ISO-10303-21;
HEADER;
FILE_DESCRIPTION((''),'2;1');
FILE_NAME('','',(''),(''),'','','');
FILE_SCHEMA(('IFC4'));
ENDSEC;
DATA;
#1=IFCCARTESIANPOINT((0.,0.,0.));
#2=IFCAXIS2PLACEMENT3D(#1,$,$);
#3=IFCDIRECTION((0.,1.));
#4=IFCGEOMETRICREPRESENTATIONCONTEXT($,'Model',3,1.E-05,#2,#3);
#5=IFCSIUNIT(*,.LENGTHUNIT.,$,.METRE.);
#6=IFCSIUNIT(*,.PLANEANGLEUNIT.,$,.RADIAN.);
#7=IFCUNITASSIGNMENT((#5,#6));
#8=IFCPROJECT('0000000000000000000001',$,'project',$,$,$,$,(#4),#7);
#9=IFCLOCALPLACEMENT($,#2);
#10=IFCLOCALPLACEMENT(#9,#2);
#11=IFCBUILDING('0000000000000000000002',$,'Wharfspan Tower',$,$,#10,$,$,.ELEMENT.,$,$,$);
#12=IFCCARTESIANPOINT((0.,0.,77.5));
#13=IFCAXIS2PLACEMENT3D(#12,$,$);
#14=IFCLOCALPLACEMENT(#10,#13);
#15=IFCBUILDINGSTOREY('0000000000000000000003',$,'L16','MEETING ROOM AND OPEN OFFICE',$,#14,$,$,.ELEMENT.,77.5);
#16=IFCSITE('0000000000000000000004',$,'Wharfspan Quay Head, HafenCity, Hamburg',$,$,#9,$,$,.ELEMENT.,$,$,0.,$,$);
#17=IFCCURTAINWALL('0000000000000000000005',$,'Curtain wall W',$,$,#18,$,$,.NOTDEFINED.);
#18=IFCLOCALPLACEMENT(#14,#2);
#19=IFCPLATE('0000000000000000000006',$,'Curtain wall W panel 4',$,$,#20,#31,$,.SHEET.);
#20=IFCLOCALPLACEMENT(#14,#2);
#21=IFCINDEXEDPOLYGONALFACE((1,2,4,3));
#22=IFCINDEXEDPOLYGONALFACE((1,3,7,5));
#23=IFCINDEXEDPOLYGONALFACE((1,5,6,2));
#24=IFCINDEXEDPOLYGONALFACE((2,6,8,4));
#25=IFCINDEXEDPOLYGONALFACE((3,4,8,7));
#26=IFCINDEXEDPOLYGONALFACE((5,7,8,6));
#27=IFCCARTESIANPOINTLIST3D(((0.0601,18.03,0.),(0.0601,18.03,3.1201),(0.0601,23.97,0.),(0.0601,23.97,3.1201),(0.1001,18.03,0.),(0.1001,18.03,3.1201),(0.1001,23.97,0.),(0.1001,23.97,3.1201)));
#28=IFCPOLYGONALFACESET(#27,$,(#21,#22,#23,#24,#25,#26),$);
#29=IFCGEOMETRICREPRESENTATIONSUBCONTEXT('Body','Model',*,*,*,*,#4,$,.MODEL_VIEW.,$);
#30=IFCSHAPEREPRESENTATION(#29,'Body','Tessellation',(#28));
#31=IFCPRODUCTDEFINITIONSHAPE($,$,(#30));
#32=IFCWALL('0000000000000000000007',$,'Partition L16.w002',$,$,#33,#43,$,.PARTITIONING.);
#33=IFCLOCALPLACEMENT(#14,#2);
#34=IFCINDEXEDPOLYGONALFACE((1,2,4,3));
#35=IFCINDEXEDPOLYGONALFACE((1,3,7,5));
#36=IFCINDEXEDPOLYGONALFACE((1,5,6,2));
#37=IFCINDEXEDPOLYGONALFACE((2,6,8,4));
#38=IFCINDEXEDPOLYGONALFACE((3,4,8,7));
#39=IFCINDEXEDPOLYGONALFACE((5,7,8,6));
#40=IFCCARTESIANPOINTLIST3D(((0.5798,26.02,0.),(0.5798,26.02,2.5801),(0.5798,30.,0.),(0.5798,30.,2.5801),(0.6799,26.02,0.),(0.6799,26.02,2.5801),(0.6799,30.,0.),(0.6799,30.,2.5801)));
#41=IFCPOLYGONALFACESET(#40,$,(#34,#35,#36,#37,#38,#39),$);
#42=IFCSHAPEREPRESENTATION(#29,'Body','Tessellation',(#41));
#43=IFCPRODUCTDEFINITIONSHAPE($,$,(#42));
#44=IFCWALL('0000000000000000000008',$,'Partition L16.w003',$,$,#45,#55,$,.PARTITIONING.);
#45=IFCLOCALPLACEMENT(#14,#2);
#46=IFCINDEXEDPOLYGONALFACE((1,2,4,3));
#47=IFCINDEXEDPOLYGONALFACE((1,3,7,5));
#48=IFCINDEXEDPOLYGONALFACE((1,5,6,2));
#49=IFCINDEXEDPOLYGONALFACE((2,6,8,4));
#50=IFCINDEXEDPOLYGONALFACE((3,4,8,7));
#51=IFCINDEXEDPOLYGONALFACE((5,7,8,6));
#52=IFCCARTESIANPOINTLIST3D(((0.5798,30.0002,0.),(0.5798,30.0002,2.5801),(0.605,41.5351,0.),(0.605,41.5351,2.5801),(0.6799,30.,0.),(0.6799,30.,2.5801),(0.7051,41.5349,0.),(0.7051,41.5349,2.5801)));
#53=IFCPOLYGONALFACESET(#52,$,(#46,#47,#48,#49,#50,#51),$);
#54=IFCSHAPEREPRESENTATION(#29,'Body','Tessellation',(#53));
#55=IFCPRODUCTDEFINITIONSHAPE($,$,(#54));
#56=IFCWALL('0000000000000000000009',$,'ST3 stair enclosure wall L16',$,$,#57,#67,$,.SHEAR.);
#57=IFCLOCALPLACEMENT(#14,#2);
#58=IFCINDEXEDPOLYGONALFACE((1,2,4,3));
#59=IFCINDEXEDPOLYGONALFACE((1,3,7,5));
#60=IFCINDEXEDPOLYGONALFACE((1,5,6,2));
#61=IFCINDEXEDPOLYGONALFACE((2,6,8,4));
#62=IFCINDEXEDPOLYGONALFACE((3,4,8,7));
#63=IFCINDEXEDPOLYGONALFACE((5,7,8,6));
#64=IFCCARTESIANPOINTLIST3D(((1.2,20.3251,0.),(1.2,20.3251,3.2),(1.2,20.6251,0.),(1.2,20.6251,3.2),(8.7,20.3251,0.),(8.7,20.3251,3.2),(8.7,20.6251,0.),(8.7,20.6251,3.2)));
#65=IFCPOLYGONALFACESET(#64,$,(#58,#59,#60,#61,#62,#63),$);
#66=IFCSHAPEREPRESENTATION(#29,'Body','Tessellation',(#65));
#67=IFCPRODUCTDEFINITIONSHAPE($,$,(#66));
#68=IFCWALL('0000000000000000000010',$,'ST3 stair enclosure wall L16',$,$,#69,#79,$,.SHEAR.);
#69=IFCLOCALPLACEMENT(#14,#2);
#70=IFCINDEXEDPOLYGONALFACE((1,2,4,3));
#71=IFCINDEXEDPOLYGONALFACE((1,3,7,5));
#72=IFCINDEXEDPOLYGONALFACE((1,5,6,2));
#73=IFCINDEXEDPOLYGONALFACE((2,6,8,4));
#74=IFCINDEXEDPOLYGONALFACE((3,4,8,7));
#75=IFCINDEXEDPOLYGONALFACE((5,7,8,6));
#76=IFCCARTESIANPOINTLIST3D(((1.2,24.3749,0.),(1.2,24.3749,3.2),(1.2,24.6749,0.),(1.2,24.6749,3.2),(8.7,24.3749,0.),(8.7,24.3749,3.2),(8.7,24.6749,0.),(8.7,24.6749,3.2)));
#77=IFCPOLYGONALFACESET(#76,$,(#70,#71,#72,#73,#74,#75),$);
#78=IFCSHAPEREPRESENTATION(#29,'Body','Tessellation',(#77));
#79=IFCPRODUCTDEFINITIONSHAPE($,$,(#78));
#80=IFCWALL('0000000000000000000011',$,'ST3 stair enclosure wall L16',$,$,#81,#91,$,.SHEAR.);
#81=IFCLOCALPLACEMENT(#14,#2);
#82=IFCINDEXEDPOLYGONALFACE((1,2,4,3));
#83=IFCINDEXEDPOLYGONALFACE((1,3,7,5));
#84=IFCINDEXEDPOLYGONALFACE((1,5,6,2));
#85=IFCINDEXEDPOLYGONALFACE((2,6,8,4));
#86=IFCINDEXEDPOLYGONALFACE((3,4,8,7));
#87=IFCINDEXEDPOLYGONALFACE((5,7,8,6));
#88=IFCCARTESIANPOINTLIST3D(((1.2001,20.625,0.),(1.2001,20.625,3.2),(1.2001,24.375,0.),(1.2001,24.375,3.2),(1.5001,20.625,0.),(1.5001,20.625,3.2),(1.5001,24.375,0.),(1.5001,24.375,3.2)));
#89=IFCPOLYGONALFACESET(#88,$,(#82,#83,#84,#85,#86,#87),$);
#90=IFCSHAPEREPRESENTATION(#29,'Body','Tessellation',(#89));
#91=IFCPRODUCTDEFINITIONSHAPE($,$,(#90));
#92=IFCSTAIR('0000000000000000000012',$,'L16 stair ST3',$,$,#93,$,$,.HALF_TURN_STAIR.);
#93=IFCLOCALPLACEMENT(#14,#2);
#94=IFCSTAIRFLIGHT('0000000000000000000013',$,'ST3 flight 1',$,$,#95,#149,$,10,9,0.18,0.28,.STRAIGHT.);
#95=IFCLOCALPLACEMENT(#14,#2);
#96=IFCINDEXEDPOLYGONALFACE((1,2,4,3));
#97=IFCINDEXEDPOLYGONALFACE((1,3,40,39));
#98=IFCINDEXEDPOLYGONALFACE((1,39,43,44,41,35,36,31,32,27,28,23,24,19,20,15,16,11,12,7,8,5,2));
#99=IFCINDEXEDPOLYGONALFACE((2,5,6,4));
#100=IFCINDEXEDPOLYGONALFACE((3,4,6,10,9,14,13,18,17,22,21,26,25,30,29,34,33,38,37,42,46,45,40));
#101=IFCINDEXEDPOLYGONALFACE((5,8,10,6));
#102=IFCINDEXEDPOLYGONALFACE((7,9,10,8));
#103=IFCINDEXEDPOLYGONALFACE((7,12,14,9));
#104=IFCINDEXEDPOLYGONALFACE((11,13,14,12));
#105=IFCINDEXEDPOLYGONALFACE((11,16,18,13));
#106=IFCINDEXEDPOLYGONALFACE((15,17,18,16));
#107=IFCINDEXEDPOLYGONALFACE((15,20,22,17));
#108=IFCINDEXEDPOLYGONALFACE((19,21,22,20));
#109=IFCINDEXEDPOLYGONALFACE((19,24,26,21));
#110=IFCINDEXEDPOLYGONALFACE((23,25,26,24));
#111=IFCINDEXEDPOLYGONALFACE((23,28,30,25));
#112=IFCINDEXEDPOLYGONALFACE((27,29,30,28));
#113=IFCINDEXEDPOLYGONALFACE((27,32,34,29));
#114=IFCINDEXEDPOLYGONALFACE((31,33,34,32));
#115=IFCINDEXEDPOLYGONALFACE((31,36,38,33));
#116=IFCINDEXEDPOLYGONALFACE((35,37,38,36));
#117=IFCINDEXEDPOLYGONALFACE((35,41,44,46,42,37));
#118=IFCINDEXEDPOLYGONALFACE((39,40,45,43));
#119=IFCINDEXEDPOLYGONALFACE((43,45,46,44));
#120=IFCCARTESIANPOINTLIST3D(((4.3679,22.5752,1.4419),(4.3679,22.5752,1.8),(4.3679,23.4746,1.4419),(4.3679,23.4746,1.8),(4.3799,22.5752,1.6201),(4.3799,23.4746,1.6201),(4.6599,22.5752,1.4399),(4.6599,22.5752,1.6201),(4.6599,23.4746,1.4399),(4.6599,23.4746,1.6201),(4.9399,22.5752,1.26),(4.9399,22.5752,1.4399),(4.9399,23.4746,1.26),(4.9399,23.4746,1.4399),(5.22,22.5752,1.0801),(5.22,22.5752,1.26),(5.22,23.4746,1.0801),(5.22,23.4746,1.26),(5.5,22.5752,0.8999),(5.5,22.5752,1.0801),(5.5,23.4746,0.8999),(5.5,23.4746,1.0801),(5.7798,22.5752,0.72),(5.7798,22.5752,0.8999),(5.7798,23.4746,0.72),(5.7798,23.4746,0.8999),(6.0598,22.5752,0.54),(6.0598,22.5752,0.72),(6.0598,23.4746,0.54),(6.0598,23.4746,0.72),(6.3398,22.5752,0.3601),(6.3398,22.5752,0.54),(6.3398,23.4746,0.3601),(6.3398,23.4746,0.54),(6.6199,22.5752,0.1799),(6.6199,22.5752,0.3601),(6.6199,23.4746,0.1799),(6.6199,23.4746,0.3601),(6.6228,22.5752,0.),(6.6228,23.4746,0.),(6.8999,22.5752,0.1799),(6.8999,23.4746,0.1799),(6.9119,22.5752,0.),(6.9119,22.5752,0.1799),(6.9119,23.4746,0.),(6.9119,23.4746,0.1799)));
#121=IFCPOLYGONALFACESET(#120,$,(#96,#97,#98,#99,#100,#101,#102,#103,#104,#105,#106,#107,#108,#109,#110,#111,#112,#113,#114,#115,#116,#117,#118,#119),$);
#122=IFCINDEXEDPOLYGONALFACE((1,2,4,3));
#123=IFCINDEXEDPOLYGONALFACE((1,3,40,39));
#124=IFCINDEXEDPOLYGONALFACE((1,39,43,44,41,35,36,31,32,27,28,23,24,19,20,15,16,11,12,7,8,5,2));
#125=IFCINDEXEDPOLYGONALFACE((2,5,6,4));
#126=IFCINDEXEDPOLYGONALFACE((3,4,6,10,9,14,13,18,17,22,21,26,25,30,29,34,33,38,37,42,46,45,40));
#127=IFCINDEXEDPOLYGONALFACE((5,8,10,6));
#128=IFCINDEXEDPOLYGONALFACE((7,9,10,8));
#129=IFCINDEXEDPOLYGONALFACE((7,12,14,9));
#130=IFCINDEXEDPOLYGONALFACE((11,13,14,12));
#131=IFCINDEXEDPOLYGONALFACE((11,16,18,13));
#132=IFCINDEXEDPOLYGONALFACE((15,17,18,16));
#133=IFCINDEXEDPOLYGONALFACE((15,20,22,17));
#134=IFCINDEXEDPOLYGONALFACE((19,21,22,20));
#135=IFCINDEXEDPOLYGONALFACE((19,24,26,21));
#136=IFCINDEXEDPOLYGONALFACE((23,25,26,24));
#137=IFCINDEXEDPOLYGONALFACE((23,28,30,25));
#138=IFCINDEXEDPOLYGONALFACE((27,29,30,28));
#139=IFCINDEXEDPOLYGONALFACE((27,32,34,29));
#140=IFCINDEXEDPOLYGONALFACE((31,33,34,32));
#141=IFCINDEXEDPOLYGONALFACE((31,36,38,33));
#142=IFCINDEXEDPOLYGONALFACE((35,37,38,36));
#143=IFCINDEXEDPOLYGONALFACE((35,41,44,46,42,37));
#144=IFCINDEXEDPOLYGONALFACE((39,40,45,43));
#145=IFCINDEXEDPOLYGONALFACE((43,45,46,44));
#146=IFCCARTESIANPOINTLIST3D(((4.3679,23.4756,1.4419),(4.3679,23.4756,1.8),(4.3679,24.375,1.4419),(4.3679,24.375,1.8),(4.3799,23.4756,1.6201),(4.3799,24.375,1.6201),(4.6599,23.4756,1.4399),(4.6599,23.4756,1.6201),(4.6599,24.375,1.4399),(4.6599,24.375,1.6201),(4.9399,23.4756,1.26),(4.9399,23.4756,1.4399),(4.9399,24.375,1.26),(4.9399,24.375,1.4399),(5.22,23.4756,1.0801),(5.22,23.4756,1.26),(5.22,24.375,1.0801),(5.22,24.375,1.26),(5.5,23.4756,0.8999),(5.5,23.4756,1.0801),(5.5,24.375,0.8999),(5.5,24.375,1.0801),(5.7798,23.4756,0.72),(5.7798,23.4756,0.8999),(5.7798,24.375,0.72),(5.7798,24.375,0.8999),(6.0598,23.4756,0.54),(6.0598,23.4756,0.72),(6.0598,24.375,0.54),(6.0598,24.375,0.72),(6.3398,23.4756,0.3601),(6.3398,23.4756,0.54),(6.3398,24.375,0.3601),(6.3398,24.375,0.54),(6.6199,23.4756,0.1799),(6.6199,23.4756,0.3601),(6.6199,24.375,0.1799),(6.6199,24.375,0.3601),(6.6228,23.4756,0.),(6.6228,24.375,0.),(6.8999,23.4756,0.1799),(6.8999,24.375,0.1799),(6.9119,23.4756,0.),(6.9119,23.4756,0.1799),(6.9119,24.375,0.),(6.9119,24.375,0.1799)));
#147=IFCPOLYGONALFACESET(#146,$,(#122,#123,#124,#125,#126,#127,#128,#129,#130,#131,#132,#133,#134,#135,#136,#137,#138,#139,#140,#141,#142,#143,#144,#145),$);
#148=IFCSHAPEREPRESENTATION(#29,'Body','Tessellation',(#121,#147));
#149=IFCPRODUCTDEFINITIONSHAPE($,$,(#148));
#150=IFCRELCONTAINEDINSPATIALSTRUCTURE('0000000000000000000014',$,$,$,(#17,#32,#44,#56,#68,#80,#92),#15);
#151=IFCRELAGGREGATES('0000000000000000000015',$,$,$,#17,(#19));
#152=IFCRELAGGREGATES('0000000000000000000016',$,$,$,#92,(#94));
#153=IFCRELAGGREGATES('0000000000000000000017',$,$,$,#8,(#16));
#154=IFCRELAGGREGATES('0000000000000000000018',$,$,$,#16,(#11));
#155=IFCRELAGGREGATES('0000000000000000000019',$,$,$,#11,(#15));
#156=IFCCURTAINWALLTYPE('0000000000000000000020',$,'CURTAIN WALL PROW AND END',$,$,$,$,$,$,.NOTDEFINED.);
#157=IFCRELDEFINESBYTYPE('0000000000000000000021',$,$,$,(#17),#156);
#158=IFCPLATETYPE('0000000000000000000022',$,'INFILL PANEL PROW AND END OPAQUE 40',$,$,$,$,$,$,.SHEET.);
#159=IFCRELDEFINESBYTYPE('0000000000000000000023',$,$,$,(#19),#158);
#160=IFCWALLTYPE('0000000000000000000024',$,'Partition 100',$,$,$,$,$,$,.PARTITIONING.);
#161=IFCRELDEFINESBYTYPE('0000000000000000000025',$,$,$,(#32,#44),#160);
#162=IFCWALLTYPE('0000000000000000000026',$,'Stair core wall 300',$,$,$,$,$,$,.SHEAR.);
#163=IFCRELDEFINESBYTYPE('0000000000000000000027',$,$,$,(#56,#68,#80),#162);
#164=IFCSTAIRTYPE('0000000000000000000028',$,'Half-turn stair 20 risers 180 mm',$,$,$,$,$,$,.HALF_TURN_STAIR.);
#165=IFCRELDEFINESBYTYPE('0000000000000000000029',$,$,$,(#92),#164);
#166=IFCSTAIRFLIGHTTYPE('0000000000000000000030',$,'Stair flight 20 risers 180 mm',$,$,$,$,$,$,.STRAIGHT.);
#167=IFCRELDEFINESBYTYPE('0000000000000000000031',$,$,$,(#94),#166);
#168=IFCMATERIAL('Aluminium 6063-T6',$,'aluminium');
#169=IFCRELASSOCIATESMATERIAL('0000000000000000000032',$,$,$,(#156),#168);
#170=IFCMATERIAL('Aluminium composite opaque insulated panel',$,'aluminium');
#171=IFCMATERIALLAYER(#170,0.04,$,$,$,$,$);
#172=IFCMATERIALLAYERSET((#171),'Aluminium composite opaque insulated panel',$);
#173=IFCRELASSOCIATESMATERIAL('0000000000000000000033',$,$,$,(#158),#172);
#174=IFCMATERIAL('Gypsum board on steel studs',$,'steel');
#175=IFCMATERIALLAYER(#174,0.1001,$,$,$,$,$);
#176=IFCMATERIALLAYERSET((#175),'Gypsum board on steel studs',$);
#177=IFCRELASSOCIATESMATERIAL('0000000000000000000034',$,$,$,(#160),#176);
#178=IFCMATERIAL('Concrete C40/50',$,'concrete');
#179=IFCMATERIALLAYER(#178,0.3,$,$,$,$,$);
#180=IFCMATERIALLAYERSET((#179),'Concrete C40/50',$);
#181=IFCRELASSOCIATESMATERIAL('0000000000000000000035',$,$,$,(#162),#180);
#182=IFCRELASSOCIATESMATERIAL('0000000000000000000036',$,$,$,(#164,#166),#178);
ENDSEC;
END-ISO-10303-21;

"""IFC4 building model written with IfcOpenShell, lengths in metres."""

from ifc_helpers import new_model, si_unit, direction, frame, frame_2d, origin, origin_2d, place, context, subcontext, project, spatial, polyline, rectangle, outline, extrude, material, layer, layer_set, type_object, element, aggregate, save


model = new_model("IFC4")

# Units and contexts
model_context = context("Model", 3, precision=1e-05, world=origin(), true_north=direction((0.0, 1.0)))
body_context = subcontext(model_context, "Body", "Model", "MODEL_VIEW")
ifc_project = project(units=[si_unit("LENGTHUNIT", "METRE"), si_unit("PLANEANGLEUNIT", "RADIAN")], contexts=[model_context])

# Site, building, storey
site_placement = place(None, origin())
site = spatial("IfcSite", under=ifc_project, at=site_placement, Name="Wharfspan Quay Head, HafenCity, Hamburg", CompositionType="ELEMENT", RefElevation=0.0)
building_placement = place(site_placement, origin())
building = spatial("IfcBuilding", under=site, at=building_placement, Name="Wharfspan Tower", CompositionType="ELEMENT")
storey_placement = place(building_placement, frame((0.0, 0.0, 77.5)))
storey = spatial("IfcBuildingStorey", under=building, at=storey_placement, Name="L16", Description="MEETING ROOM AND OPEN OFFICE", CompositionType="ELEMENT", Elevation=77.5)

# Curtain wall
ifc_material_1 = material(Name="Aluminium 6063-T6", Category="aluminium")
curtain_wall_type = type_object("IfcCurtainWallType", Name="CURTAIN WALL PROW AND END", PredefinedType="NOTDEFINED", material=ifc_material_1)
curtain_wall_placement = place(storey_placement, origin())
curtain_wall = element("IfcCurtainWall", 1, at=curtain_wall_placement, inside=storey, type_object=curtain_wall_type, Name="Curtain wall W", PredefinedType="NOTDEFINED")

# Plate
ifc_material_2 = material(Name="Aluminium composite opaque insulated panel", Category="aluminium")
ifc_layer_1 = layer(ifc_material_2, 0.04)
ifc_layer_set_1 = layer_set([ifc_layer_1], Name="Aluminium composite opaque insulated panel")
plate_type = type_object("IfcPlateType", Name="INFILL PANEL PROW AND END OPAQUE 40", PredefinedType="SHEET", material=ifc_layer_set_1)
plate_1_placement = place(storey_placement, frame((0.0801, 21.0, 0.0), z_axis=(0.0, 0.0, 1.0), x_axis=(0.0, -1.0, 0.0)))
plate_1 = element("IfcPlate", 2, at=plate_1_placement, type_object=plate_type, Name="Curtain wall W panel 4", PredefinedType="SHEET", context=body_context, shape_type="SweptSolid", body=[
    extrude(rectangle(XDim=5.9399, YDim=0.04, at=origin_2d()), origin(), (0.0, 0.0, 1.0), 3.1201),
])
aggregate(curtain_wall, [plate_1])

# Walls
ifc_material_3 = material(Name="Gypsum board on steel studs", Category="steel")
ifc_layer_2 = layer(ifc_material_3, 0.1001)
ifc_layer_set_2 = layer_set([ifc_layer_2], Name="Gypsum board on steel studs")
wall_type_1 = type_object("IfcWallType", Name="Partition 100", PredefinedType="PARTITIONING", material=ifc_layer_set_2)
wall_1_placement = place(storey_placement, frame((0.6299, 26.02, 0.0), z_axis=(0.0, 0.0, 1.0), x_axis=(0.0, 1.0, 0.0)))
element("IfcWall", 3, at=wall_1_placement, inside=storey, type_object=wall_type_1, Name="Partition L16.w002", PredefinedType="PARTITIONING", context=body_context, shape_type="SweptSolid", body=[
    extrude(rectangle(XDim=3.98, YDim=0.1001, at=frame_2d((1.99, 0.0))), origin(), (0.0, 0.0, 1.0), 2.5801),
])
wall_2_placement = place(storey_placement, frame((0.6299, 30.0, 0.0), z_axis=(0.0, 0.0, 1.0), x_axis=(0.00218, 0.999994, 0.0)))
element("IfcWall", 4, at=wall_2_placement, inside=storey, type_object=wall_type_1, Name="Partition L16.w003", PredefinedType="PARTITIONING", context=body_context, shape_type="SweptSolid", body=[
    extrude(rectangle(XDim=11.5349, YDim=0.1001, at=frame_2d((5.7676, 0.0))), origin(), (0.0, 0.0, 1.0), 2.5801),
])
ifc_material_4 = material(Name="Concrete C40/50", Category="concrete")
ifc_layer_3 = layer(ifc_material_4, 0.3)
ifc_layer_set_3 = layer_set([ifc_layer_3], Name="Concrete C40/50")
wall_type_2 = type_object("IfcWallType", Name="Stair core wall 300", PredefinedType="SHEAR", material=ifc_layer_set_3)
for number, where, z_axis, x_axis, name in (
    (5, (1.2, 20.4751, 0.0), (0.0, 0.0, 1.0), (1.0, 0.0, 0.0), "ST3 stair enclosure wall L16"),
    (6, (1.2, 24.5249, 0.0), (0.0, 0.0, 1.0), (1.0, 0.0, 0.0), "ST3 stair enclosure wall L16"),
):
    element("IfcWall", number, at=place(storey_placement, frame(where, z_axis=z_axis, x_axis=x_axis)), inside=storey, type_object=wall_type_2, Name=name, PredefinedType="SHEAR", context=body_context, shape_type="SweptSolid", body=[
        extrude(rectangle(XDim=7.5, YDim=0.3, at=frame_2d((3.75, 0.0))), origin(), (0.0, 0.0, 1.0), 3.2),
    ])
wall_3_placement = place(storey_placement, frame((1.3501, 20.625, 0.0), z_axis=(0.0, 0.0, 1.0), x_axis=(0.0, 1.0, 0.0)))
element("IfcWall", 7, at=wall_3_placement, inside=storey, type_object=wall_type_2, Name="ST3 stair enclosure wall L16", PredefinedType="SHEAR", context=body_context, shape_type="SweptSolid", body=[
    extrude(rectangle(XDim=3.75, YDim=0.3, at=frame_2d((1.875, 0.0))), origin(), (0.0, 0.0, 1.0), 3.2),
])

# Stair, stair flight
stair_type = type_object("IfcStairType", Name="Half-turn stair 20 risers 180 mm", PredefinedType="HALF_TURN_STAIR", material=ifc_material_4)
stair_placement = place(storey_placement, origin())
stair = element("IfcStair", 8, at=stair_placement, inside=storey, type_object=stair_type, Name="L16 stair ST3", PredefinedType="HALF_TURN_STAIR")
stair_flight_type = type_object("IfcStairFlightType", Name="Stair flight 20 risers 180 mm", PredefinedType="STRAIGHT", material=ifc_material_4)
stair_flight_1_placement = place(storey_placement, frame((6.8999, 23.4751, 0.0), z_axis=(0.0, 0.0, 1.0), x_axis=(-1.0, 0.0, 0.0)))
stair_flight_1 = element("IfcStairFlight", 9, at=stair_flight_1_placement, type_object=stair_flight_type, Name="ST3 flight 1", NumberOfRisers=10, NumberOfTreads=9, PredefinedType="STRAIGHT", RiserHeight=0.18, TreadLength=0.28, context=body_context, shape_type="SweptSolid", body=[
    extrude(outline(polyline([(-0.012, 0.0), (-0.012, 0.1799), (0.0, 0.1799), (0.28, 0.1799), (0.28, 0.3601), (0.5601, 0.3601), (0.5601, 0.54), (0.8401, 0.54), (0.8401, 0.72), (1.1201, 0.72), (1.1201, 0.8999), (1.3999, 0.8999), (1.3999, 1.0801), (1.6799, 1.0801), (1.6799, 1.26), (1.96, 1.26), (1.96, 1.4399), (2.24, 1.4399), (2.24, 1.6201), (2.52, 1.6201), (2.532, 1.8), (2.532, 1.4419), (0.2771, 0.0), (-0.012, 0.0)])), frame((0.0, 0.8999, 0.0), z_axis=(0.0, -1.0, 0.0), x_axis=(1.0, 0.0, 0.0)), (0.0, 0.0, 1.0), 0.8994),
    extrude(outline(polyline([(-0.012, 0.0), (-0.012, 0.1799), (0.0, 0.1799), (0.28, 0.1799), (0.28, 0.3601), (0.5601, 0.3601), (0.5601, 0.54), (0.8401, 0.54), (0.8401, 0.72), (1.1201, 0.72), (1.1201, 0.8999), (1.3999, 0.8999), (1.3999, 1.0801), (1.6799, 1.0801), (1.6799, 1.26), (1.96, 1.26), (1.96, 1.4399), (2.24, 1.4399), (2.24, 1.6201), (2.52, 1.6201), (2.532, 1.8), (2.532, 1.4419), (0.2771, 0.0), (-0.012, 0.0)])), frame((0.0, -0.0005, 0.0), z_axis=(0.0, -1.0, 0.0), x_axis=(1.0, 0.0, 0.0)), (0.0, 0.0, 1.0), 0.8994),
])
aggregate(stair, [stair_flight_1])

save(model, "model.ifc")
